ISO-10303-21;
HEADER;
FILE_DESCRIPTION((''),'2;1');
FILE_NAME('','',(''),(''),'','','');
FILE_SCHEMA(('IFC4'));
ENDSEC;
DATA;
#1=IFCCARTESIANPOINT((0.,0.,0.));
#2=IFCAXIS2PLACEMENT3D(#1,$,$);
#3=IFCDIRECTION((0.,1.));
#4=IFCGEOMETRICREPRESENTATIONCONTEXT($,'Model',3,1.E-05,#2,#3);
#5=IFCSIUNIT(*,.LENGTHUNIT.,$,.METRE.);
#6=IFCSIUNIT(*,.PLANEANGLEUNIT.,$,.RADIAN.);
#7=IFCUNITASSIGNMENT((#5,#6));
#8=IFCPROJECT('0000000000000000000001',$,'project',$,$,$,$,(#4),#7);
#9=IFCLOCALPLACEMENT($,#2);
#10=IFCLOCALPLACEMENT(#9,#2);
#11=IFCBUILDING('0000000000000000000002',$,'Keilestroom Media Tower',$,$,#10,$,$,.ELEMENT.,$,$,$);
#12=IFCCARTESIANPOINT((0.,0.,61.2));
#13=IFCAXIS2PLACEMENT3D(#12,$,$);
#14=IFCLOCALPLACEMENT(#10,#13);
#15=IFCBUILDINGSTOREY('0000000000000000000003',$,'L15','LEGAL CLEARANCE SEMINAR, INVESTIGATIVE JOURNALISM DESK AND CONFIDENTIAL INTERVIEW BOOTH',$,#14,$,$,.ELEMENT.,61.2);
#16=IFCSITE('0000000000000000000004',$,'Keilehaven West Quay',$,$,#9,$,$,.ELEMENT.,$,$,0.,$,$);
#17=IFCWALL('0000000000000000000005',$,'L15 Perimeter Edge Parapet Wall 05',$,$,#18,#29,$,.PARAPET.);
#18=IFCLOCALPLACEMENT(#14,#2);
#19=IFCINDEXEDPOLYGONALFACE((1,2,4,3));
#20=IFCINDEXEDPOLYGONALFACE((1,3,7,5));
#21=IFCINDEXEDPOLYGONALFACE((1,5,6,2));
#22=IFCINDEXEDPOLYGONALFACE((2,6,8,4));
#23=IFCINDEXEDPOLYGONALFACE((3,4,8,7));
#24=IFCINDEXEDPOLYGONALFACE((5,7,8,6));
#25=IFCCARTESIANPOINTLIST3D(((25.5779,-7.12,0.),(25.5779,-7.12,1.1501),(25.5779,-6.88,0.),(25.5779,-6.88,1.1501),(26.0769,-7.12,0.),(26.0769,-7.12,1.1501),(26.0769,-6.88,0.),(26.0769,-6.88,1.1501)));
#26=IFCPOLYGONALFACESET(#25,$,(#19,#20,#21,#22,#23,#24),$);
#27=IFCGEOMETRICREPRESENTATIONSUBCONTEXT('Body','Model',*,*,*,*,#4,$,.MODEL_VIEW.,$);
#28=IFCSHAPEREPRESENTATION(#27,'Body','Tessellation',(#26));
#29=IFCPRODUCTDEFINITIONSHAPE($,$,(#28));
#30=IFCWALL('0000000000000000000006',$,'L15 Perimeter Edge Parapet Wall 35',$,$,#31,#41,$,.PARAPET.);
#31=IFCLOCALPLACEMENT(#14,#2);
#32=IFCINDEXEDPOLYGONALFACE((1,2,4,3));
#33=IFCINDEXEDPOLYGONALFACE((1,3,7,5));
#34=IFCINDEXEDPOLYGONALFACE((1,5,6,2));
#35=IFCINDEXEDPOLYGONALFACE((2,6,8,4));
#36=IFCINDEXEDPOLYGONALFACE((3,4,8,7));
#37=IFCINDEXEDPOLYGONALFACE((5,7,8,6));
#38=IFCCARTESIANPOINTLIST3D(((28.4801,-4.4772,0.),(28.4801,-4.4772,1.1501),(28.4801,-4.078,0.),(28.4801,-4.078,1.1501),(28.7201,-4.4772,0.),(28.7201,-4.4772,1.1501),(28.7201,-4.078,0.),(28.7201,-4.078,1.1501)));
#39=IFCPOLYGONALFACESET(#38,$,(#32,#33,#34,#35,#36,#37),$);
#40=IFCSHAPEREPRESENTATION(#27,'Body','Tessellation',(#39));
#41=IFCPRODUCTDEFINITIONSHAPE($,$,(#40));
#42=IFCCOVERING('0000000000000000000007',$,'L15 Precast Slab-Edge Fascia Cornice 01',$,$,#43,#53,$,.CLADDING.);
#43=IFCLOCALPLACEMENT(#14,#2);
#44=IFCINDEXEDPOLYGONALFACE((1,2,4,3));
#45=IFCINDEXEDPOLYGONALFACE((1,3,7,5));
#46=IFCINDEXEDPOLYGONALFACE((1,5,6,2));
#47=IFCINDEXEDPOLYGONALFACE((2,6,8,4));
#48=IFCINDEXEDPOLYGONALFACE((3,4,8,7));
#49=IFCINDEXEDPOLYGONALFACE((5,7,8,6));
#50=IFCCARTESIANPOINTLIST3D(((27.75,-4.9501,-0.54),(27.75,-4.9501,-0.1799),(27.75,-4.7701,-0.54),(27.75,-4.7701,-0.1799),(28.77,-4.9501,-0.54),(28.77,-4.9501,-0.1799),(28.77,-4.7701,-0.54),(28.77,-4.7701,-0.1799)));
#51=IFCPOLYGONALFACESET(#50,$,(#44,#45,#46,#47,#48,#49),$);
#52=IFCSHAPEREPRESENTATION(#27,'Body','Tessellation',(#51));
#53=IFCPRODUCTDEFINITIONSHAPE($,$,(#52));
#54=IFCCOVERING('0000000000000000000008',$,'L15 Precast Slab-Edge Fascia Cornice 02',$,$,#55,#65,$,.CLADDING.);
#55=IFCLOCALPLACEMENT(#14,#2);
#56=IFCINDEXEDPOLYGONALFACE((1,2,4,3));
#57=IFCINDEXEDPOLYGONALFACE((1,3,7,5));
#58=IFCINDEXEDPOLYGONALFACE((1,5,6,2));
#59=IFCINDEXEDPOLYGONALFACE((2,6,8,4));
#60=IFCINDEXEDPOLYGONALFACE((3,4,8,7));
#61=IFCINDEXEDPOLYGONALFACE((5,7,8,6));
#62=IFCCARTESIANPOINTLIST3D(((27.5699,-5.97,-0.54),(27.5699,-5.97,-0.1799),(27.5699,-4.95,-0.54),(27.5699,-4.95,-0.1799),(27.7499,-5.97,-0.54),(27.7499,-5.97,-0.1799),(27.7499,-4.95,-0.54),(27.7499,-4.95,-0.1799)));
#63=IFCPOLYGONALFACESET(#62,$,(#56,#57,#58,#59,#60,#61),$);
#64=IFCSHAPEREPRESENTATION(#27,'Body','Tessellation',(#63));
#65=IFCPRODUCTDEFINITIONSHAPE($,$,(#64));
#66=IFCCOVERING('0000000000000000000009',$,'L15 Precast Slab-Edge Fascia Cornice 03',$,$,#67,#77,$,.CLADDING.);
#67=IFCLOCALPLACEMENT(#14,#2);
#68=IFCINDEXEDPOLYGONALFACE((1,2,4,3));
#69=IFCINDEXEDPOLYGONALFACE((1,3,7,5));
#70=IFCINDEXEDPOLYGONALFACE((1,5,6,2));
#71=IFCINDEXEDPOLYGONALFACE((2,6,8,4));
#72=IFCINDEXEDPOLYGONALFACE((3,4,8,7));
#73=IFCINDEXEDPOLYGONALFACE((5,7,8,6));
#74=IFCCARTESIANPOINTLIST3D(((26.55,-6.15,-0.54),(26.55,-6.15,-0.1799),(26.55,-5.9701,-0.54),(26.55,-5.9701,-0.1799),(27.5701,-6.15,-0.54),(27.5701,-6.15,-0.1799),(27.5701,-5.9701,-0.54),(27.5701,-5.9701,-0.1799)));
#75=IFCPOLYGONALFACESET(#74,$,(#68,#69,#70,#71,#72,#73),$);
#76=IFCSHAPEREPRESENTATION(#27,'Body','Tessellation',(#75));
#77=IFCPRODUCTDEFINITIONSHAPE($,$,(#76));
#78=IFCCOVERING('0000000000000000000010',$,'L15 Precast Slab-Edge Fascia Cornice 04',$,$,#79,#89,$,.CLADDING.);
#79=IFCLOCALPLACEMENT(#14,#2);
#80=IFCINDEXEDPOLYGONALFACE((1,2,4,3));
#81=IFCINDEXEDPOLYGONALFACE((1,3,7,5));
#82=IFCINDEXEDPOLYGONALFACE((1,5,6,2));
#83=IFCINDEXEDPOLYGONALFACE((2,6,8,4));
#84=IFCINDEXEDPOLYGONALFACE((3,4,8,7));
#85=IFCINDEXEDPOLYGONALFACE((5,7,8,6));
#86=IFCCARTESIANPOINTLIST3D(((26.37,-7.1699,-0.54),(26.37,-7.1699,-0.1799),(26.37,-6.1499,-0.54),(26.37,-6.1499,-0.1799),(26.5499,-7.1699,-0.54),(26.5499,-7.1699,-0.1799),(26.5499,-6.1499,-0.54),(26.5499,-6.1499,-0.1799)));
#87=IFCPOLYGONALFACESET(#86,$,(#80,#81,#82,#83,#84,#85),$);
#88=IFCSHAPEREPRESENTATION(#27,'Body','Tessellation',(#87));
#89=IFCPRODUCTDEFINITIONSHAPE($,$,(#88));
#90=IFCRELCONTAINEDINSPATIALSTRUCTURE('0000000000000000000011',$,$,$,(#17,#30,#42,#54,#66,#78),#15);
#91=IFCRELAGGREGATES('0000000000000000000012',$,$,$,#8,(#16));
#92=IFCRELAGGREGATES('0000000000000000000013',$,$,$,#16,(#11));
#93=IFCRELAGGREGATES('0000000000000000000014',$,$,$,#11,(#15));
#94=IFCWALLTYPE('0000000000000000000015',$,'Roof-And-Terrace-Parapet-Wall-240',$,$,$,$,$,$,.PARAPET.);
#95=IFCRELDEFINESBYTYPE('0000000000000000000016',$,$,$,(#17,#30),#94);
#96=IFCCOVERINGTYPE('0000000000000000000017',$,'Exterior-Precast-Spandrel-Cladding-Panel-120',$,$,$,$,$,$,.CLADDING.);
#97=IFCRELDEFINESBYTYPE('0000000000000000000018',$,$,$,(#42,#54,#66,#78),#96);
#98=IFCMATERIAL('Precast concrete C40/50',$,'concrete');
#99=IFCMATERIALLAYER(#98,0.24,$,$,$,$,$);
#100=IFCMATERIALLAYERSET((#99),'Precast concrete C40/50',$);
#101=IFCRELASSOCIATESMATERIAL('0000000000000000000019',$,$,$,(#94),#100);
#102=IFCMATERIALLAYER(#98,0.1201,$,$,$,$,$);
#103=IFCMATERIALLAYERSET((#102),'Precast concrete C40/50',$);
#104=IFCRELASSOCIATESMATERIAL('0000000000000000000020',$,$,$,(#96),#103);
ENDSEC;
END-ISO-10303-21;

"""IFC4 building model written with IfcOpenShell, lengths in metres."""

from ifc_helpers import new_model, si_unit, direction, frame, frame_2d, origin, origin_2d, place, context, subcontext, project, spatial, rectangle, extrude, source, transform, mapped, material, layer, layer_set, type_object, element, save


model = new_model("IFC4")

# Units and contexts
model_context = context("Model", 3, precision=1e-05, world=origin(), true_north=direction((0.0, 1.0)))
body_context = subcontext(model_context, "Body", "Model", "MODEL_VIEW")
ifc_project = project(units=[si_unit("LENGTHUNIT", "METRE"), si_unit("PLANEANGLEUNIT", "RADIAN")], contexts=[model_context])

# Site, building, storey
site_placement = place(None, origin())
site = spatial("IfcSite", under=ifc_project, at=site_placement, Name="Keilehaven West Quay", CompositionType="ELEMENT", RefElevation=0.0)
building_placement = place(site_placement, origin())
building = spatial("IfcBuilding", under=site, at=building_placement, Name="Keilestroom Media Tower", CompositionType="ELEMENT")
storey_placement = place(building_placement, frame((0.0, 0.0, 61.2)))
storey = spatial("IfcBuildingStorey", under=building, at=storey_placement, Name="L15", Description="LEGAL CLEARANCE SEMINAR, INVESTIGATIVE JOURNALISM DESK AND CONFIDENTIAL INTERVIEW BOOTH", CompositionType="ELEMENT", Elevation=61.2)

# Shared definitions
ifc_material_1 = material(Name="Precast concrete C40/50", Category="concrete")

# Walls
ifc_layer_1 = layer(ifc_material_1, 0.24)
ifc_layer_set_1 = layer_set([ifc_layer_1], Name="Precast concrete C40/50")
wall_type = type_object("IfcWallType", Name="Roof-And-Terrace-Parapet-Wall-240", PredefinedType="PARAPET", material=ifc_layer_set_1)
wall_1_placement = place(storey_placement, frame((26.0769, -7.0, 0.0), z_axis=(0.0, 0.0, 1.0), x_axis=(-1.0, 0.0, 0.0)))
element("IfcWall", 1, at=wall_1_placement, inside=storey, type_object=wall_type, Name="L15 Perimeter Edge Parapet Wall 05", PredefinedType="PARAPET", context=body_context, shape_type="SweptSolid", body=[
    extrude(rectangle(XDim=0.499, YDim=0.24, at=frame_2d((0.2495, 0.0))), origin(), (0.0, 0.0, 1.0), 1.1501),
])
wall_2_placement = place(storey_placement, frame((28.6001, -4.0779, 0.0), z_axis=(0.0, 0.0, 1.0), x_axis=(0.0, -1.0, 0.0)))
element("IfcWall", 2, at=wall_2_placement, inside=storey, type_object=wall_type, Name="L15 Perimeter Edge Parapet Wall 35", PredefinedType="PARAPET", context=body_context, shape_type="SweptSolid", body=[
    extrude(rectangle(XDim=0.3992, YDim=0.24, at=frame_2d((0.1997, 0.0))), origin(), (0.0, 0.0, 1.0), 1.1501),
])

# Coverings
ifc_layer_2 = layer(ifc_material_1, 0.1201)
ifc_layer_set_2 = layer_set([ifc_layer_2], Name="Precast concrete C40/50")
covering_type = type_object("IfcCoveringType", Name="Exterior-Precast-Spandrel-Cladding-Panel-120", PredefinedType="CLADDING", material=ifc_layer_set_2)
shared_shape_1 = source(origin(), body_context, "Body", "SweptSolid", [
    extrude(rectangle(XDim=1.02, YDim=0.1799, at=origin_2d()), origin(), (0.0, 0.0, 1.0), 0.3601),
])
for number, where, z_axis, x_axis, name in (
    (3, (28.26, -4.8601, -0.54), (0.0, 0.0, 1.0), (-1.0, 0.0, 0.0), "L15 Precast Slab-Edge Fascia Cornice 01"),
    (4, (27.6599, -5.46, -0.54), (0.0, 0.0, 1.0), (0.0, -1.0, 0.0), "L15 Precast Slab-Edge Fascia Cornice 02"),
    (5, (27.0601, -6.0601, -0.54), (0.0, 0.0, 1.0), (-1.0, 0.0, 0.0), "L15 Precast Slab-Edge Fascia Cornice 03"),
    (6, (26.46, -6.6599, -0.54), (0.0, 0.0, 1.0), (0.0, -1.0, 0.0), "L15 Precast Slab-Edge Fascia Cornice 04"),
):
    element("IfcCovering", number, at=place(storey_placement, frame(where, z_axis=z_axis, x_axis=x_axis)), inside=storey, type_object=covering_type, Name=name, PredefinedType="CLADDING", context=body_context, shape_type="MappedRepresentation", body=[
        mapped(shared_shape_1, transform((0.0, 0.0, 0.0), x_axis=(1.0, 0.0, 0.0), y_axis=(0.0, 1.0, 0.0), z_axis=(0.0, 0.0, 1.0), scale=1.0)),
    ])

save(model, "model.ifc")
